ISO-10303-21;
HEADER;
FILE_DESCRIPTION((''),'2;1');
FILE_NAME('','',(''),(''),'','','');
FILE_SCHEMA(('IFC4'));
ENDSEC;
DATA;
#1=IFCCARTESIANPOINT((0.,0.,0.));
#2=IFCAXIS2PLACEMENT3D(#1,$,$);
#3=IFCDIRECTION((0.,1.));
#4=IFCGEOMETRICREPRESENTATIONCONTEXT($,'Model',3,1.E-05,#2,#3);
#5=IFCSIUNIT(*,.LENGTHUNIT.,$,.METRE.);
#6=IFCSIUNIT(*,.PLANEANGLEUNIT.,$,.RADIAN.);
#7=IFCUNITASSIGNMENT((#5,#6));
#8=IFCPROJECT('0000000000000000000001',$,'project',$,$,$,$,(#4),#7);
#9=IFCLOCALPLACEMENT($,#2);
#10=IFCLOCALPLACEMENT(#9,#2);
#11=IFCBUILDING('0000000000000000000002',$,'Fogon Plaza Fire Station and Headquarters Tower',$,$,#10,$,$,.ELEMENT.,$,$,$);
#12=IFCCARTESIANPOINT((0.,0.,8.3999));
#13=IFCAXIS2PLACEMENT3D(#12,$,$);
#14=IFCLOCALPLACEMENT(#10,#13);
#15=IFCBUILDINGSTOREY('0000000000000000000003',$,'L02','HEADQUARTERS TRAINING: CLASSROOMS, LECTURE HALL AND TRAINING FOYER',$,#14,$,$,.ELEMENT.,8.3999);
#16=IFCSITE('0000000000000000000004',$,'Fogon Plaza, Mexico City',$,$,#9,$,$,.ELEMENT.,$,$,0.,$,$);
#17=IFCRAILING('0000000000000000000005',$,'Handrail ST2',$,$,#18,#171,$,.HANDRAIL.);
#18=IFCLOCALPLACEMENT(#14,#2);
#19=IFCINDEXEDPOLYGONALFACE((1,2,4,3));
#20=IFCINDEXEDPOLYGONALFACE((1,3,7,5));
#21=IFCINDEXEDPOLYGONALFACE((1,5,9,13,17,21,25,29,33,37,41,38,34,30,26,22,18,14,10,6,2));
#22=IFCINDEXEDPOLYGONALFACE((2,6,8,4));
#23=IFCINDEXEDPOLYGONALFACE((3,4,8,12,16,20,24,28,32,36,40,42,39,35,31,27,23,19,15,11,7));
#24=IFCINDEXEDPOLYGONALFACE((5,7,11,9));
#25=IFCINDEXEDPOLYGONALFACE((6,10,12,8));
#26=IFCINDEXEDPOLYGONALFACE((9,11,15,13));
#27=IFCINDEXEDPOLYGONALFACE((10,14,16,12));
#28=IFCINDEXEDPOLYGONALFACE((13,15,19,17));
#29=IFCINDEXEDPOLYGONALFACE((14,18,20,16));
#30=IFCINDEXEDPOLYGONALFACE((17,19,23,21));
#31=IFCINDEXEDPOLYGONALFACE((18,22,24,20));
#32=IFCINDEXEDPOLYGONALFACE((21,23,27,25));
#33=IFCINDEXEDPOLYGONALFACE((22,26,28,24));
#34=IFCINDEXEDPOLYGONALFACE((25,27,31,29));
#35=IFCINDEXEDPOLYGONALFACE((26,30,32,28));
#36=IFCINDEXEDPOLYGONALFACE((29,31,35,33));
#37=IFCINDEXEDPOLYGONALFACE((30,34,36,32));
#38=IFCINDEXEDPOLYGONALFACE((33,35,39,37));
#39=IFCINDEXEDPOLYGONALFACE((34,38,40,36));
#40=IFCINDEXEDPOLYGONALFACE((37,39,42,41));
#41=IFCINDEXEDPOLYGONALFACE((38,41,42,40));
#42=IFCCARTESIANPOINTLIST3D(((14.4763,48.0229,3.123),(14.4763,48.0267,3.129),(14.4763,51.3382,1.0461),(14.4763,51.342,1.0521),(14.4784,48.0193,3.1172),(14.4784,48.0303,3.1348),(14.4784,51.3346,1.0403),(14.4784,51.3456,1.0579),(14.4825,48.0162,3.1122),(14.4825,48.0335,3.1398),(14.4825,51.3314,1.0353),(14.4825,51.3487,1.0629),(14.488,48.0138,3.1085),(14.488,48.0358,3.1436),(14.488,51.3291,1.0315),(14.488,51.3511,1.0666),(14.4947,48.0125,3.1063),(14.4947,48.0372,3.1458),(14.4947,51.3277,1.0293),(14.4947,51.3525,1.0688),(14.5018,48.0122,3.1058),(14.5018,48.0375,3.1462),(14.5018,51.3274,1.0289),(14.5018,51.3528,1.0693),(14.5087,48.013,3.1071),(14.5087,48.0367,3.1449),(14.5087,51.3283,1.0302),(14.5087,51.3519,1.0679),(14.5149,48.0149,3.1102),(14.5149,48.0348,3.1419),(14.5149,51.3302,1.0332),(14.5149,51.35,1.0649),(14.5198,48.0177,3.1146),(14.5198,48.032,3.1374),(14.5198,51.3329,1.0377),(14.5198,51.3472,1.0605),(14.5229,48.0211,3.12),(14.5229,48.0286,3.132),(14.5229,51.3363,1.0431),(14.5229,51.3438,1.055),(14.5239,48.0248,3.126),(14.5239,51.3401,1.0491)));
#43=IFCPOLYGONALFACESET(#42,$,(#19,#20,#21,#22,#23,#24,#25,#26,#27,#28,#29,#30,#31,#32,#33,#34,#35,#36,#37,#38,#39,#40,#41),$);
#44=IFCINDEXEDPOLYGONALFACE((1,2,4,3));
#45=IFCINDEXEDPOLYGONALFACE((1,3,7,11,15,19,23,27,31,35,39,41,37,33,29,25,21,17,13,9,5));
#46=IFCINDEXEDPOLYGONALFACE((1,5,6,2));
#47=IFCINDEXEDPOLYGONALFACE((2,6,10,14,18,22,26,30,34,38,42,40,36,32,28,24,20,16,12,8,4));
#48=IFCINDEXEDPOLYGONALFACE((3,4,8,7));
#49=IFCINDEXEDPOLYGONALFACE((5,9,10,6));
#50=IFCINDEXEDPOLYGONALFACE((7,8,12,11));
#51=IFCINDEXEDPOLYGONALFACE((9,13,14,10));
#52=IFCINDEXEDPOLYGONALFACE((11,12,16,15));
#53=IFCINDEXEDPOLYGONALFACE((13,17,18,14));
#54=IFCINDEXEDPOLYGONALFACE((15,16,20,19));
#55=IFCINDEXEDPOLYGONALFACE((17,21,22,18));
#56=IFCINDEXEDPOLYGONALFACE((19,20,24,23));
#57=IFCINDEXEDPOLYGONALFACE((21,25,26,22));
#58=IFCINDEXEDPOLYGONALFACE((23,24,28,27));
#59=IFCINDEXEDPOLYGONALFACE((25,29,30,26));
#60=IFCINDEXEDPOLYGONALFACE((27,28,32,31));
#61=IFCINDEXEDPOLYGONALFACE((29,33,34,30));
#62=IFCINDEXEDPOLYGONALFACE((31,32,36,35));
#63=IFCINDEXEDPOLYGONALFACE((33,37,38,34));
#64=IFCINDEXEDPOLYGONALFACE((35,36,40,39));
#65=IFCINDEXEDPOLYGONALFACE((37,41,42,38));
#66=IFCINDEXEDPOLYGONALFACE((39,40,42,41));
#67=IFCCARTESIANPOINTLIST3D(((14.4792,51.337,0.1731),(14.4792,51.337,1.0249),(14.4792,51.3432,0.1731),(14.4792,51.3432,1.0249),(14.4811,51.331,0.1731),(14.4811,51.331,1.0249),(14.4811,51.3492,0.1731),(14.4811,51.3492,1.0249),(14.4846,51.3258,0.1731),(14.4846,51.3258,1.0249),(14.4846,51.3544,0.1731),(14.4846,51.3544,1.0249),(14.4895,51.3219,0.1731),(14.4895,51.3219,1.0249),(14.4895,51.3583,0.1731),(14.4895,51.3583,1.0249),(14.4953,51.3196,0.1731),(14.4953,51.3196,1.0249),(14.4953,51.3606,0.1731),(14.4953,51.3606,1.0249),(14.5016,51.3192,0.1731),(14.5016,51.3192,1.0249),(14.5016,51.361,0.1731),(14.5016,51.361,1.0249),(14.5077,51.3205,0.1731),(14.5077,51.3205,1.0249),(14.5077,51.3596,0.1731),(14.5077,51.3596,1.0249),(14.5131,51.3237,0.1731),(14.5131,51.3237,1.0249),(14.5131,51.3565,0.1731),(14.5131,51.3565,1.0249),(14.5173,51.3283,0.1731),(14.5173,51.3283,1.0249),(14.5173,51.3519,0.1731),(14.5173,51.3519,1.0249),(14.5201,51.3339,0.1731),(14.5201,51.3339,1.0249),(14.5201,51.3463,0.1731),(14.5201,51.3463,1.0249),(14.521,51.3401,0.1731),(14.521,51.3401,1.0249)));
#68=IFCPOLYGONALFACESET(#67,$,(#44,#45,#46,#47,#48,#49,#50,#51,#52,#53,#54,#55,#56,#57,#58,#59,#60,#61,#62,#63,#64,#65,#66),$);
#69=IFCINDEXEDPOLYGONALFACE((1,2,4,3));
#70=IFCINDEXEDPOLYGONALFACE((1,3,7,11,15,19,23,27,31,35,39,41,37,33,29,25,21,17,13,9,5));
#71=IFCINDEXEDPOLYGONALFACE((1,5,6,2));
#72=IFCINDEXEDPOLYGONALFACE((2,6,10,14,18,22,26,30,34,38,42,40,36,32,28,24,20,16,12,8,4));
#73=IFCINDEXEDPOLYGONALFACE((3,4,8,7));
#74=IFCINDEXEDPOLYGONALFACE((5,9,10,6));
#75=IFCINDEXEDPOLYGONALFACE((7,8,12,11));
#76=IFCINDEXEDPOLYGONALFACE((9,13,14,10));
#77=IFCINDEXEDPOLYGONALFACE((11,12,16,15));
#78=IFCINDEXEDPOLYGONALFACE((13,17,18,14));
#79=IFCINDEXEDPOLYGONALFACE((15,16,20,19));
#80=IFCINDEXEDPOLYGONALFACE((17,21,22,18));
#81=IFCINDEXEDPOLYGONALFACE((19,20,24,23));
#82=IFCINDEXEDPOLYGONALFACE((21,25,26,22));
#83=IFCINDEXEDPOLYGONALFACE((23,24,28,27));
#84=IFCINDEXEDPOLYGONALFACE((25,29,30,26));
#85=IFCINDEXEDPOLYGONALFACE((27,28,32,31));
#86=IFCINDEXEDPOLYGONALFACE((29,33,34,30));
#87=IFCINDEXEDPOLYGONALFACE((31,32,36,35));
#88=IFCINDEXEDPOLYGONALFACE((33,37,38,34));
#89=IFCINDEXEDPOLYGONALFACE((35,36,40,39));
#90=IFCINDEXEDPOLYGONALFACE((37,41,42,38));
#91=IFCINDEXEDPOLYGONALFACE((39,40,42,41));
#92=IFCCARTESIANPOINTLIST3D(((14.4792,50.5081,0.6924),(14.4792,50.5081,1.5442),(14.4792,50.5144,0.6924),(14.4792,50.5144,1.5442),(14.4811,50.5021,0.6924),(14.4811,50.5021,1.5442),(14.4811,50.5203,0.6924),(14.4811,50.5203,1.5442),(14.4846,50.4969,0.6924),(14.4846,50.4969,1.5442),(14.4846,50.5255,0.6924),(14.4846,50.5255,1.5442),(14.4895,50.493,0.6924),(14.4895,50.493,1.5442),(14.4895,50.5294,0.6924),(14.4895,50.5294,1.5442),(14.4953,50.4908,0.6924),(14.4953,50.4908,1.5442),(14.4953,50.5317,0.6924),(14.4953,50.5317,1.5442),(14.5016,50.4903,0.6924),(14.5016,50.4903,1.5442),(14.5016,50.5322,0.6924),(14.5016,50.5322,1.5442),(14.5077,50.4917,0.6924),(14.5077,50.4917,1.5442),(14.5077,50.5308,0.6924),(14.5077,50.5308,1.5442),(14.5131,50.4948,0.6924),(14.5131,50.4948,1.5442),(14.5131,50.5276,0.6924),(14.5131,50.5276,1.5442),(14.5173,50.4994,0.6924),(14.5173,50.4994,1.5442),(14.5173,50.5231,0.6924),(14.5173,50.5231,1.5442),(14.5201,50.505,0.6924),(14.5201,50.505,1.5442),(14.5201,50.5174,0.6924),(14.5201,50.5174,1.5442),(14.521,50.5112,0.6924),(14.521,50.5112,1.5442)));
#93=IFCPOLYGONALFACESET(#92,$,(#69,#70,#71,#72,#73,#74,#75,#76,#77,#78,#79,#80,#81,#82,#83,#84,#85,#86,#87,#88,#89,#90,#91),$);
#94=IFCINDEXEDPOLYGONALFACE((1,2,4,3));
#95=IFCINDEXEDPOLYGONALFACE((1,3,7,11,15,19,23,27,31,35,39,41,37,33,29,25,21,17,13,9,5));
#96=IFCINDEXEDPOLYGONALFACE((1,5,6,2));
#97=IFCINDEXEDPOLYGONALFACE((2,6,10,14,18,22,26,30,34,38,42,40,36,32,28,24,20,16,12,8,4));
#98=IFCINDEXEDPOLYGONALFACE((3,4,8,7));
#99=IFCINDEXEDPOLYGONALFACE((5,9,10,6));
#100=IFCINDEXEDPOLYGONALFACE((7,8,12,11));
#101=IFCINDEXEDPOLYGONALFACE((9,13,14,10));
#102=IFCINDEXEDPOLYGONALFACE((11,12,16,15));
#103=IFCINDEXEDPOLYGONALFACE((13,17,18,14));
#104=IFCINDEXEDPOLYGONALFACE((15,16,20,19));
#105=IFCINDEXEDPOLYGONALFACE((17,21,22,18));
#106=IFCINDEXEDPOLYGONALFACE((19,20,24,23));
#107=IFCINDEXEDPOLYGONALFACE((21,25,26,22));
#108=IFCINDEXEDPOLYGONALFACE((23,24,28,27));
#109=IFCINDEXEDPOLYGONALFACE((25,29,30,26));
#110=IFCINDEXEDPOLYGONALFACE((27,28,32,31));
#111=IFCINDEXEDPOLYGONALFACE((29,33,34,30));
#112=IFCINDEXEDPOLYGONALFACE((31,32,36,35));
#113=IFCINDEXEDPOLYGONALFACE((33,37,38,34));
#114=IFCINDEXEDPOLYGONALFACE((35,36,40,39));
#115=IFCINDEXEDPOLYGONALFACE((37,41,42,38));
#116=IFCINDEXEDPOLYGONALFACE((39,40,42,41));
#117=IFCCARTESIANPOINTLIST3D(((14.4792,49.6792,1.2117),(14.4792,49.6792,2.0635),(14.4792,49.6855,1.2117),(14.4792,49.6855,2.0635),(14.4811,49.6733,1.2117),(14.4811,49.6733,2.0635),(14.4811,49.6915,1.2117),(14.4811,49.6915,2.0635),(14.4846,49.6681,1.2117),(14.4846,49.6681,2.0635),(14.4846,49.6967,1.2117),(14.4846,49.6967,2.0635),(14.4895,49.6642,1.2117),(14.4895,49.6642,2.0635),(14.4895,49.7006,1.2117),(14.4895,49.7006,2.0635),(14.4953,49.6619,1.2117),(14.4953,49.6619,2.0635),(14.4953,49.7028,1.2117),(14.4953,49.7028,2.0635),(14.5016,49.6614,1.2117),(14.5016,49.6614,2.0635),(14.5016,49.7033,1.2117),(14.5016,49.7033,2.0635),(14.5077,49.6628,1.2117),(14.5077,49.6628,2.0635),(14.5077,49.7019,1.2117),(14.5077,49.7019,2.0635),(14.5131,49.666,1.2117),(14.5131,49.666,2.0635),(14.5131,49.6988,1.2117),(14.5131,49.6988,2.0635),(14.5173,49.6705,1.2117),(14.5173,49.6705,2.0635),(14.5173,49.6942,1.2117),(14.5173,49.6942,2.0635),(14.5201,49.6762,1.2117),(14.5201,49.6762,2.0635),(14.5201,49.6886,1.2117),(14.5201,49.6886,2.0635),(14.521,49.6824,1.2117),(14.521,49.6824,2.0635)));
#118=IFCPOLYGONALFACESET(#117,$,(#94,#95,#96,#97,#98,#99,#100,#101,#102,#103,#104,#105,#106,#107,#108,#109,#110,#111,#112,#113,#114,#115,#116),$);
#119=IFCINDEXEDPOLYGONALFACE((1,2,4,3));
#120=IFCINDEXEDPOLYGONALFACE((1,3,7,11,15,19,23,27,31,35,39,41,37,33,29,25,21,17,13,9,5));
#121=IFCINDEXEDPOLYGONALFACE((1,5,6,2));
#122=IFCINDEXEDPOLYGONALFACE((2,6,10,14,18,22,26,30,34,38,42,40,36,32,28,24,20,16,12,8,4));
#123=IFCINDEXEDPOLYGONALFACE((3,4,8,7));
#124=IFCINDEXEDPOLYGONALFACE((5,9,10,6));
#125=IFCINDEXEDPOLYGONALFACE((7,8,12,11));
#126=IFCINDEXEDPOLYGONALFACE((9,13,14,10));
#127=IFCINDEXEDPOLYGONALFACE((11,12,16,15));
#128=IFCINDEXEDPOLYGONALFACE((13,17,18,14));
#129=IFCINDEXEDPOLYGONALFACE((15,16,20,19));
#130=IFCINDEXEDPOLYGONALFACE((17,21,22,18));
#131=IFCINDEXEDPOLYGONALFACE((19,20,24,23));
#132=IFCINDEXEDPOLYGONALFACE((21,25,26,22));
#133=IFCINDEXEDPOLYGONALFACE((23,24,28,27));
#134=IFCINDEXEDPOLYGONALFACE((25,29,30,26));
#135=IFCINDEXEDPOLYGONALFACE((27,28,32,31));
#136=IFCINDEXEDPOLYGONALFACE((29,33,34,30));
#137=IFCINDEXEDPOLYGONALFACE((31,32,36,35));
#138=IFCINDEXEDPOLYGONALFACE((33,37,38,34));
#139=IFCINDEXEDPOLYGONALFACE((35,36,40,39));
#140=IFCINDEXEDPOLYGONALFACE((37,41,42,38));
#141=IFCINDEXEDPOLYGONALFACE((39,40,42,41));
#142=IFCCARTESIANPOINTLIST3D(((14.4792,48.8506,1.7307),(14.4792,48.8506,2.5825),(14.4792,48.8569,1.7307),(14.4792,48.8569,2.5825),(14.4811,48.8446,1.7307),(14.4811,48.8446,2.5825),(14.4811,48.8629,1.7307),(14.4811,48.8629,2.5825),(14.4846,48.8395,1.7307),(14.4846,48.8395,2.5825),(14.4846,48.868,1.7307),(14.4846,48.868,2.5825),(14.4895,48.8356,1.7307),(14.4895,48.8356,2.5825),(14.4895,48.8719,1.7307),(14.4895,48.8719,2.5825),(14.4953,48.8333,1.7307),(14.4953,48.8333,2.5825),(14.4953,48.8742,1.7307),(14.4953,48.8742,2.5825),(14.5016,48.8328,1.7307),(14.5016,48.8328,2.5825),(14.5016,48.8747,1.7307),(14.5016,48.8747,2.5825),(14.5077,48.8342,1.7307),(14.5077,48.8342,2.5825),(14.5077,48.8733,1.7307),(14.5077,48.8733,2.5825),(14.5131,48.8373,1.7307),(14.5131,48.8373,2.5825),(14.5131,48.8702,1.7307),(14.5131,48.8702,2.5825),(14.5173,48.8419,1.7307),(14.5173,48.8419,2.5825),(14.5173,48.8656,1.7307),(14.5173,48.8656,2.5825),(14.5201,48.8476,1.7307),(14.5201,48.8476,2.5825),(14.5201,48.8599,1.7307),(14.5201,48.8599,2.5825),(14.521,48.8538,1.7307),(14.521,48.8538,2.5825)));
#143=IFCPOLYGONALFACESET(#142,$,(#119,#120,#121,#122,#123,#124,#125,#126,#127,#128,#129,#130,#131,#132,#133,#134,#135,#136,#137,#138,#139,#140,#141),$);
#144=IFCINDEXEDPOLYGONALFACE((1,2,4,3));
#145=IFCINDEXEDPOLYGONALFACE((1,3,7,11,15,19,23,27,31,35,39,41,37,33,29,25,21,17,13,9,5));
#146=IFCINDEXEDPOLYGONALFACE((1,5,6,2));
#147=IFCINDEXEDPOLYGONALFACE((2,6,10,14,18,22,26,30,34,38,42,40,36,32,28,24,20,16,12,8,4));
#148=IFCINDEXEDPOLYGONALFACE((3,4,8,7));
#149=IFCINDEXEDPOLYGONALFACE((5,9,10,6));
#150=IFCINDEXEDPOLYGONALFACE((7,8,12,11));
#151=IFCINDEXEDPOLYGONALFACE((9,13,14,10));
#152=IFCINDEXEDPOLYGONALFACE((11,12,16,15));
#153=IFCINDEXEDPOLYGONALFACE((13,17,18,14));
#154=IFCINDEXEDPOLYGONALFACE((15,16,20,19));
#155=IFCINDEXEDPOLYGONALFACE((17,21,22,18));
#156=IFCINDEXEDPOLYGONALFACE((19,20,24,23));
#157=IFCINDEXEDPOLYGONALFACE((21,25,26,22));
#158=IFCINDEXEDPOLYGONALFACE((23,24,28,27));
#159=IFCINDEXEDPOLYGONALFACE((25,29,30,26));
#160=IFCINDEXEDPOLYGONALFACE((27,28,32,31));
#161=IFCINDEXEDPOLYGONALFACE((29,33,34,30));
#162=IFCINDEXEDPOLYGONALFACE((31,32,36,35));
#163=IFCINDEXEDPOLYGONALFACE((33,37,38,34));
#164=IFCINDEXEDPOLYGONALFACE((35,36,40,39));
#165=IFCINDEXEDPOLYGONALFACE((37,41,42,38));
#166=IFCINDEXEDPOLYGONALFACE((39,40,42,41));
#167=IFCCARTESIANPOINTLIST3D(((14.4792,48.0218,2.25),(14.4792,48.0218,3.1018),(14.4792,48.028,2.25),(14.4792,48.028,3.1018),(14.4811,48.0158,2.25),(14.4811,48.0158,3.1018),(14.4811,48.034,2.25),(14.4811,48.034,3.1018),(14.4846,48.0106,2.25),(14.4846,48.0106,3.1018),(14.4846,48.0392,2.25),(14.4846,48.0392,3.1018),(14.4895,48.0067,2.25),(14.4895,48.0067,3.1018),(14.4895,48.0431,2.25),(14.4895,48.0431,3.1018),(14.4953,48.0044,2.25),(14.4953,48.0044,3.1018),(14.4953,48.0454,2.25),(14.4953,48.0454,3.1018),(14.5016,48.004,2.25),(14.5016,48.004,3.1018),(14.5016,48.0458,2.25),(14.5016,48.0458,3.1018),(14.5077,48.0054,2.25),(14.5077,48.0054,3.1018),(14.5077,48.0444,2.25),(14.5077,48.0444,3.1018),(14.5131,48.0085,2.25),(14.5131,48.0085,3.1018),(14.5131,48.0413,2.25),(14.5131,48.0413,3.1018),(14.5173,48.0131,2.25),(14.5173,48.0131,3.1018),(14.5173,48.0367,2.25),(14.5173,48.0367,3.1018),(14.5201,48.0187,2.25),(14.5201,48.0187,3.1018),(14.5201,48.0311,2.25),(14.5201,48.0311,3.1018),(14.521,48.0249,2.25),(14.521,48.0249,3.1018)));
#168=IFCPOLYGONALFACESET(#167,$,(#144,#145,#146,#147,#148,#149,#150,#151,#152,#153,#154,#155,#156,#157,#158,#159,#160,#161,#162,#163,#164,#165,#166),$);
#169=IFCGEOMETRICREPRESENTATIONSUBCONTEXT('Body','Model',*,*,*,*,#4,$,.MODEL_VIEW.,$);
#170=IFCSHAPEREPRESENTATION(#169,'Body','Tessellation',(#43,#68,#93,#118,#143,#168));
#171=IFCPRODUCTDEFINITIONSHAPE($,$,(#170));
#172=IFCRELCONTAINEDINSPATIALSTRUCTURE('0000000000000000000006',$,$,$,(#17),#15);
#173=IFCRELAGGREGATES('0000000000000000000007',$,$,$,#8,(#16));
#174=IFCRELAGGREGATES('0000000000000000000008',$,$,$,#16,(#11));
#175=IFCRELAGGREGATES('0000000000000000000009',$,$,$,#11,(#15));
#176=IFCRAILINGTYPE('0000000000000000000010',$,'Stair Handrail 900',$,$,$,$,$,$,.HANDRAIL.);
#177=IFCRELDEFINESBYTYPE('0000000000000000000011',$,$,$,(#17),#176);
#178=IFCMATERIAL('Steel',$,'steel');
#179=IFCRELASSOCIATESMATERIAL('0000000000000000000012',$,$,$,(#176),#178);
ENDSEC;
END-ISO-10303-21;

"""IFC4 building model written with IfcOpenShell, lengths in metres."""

from ifc_helpers import new_model, si_unit, direction, frame, origin, origin_2d, place, context, subcontext, project, spatial, circle, extrude, material, type_object, element, save


model = new_model("IFC4")

# Units and contexts
model_context = context("Model", 3, precision=1e-05, world=origin(), true_north=direction((0.0, 1.0)))
body_context = subcontext(model_context, "Body", "Model", "MODEL_VIEW")
ifc_project = project(units=[si_unit("LENGTHUNIT", "METRE"), si_unit("PLANEANGLEUNIT", "RADIAN")], contexts=[model_context])

# Site, building, storey
site_placement = place(None, origin())
site = spatial("IfcSite", under=ifc_project, at=site_placement, Name="Fogon Plaza, Mexico City", CompositionType="ELEMENT", RefElevation=0.0)
building_placement = place(site_placement, origin())
building = spatial("IfcBuilding", under=site, at=building_placement, Name="Fogon Plaza Fire Station and Headquarters Tower", CompositionType="ELEMENT")
storey_placement = place(building_placement, frame((0.0, 0.0, 8.3999)))
storey = spatial("IfcBuildingStorey", under=building, at=storey_placement, Name="L02", Description="HEADQUARTERS TRAINING: CLASSROOMS, LECTURE HALL AND TRAINING FOYER", CompositionType="ELEMENT", Elevation=8.3999)

# Railing
ifc_material_1 = material(Name="Steel", Category="steel")
railing_type = type_object("IfcRailingType", Name="Stair Handrail 900", PredefinedType="HANDRAIL", material=ifc_material_1)
for number, where, name in (
    (1, (14.5, 51.3401, 0.1731), "Handrail ST2"),
):
    element("IfcRailing", number, at=place(storey_placement, frame(where)), inside=storey, type_object=railing_type, Name=name, PredefinedType="HANDRAIL", context=body_context, shape_type="SweptSolid", body=[
        extrude(circle(Radius=0.0239, at=origin_2d()), frame((0.0, 0.0, 0.876), z_axis=(0.0, -0.847433, 0.530902), x_axis=(1.0, 0.0, 0.0)), (0.0, 0.0, 1.0), 3.9121),
        extrude(circle(Radius=0.021, at=origin_2d()), origin(), (0.0, 0.0, 1.0), 0.8518),
        extrude(circle(Radius=0.021, at=origin_2d()), frame((0.0, -0.8289, 0.5193)), (0.0, 0.0, 1.0), 0.8518),
        extrude(circle(Radius=0.021, at=origin_2d()), frame((0.0, -1.6577, 1.0386)), (0.0, 0.0, 1.0), 0.8518),
        extrude(circle(Radius=0.021, at=origin_2d()), frame((0.0, -2.4863, 1.5576)), (0.0, 0.0, 1.0), 0.8518),
        extrude(circle(Radius=0.021, at=origin_2d()), frame((0.0, -3.3152, 2.0769)), (0.0, 0.0, 1.0), 0.8518),
    ])

save(model, "model.ifc")
